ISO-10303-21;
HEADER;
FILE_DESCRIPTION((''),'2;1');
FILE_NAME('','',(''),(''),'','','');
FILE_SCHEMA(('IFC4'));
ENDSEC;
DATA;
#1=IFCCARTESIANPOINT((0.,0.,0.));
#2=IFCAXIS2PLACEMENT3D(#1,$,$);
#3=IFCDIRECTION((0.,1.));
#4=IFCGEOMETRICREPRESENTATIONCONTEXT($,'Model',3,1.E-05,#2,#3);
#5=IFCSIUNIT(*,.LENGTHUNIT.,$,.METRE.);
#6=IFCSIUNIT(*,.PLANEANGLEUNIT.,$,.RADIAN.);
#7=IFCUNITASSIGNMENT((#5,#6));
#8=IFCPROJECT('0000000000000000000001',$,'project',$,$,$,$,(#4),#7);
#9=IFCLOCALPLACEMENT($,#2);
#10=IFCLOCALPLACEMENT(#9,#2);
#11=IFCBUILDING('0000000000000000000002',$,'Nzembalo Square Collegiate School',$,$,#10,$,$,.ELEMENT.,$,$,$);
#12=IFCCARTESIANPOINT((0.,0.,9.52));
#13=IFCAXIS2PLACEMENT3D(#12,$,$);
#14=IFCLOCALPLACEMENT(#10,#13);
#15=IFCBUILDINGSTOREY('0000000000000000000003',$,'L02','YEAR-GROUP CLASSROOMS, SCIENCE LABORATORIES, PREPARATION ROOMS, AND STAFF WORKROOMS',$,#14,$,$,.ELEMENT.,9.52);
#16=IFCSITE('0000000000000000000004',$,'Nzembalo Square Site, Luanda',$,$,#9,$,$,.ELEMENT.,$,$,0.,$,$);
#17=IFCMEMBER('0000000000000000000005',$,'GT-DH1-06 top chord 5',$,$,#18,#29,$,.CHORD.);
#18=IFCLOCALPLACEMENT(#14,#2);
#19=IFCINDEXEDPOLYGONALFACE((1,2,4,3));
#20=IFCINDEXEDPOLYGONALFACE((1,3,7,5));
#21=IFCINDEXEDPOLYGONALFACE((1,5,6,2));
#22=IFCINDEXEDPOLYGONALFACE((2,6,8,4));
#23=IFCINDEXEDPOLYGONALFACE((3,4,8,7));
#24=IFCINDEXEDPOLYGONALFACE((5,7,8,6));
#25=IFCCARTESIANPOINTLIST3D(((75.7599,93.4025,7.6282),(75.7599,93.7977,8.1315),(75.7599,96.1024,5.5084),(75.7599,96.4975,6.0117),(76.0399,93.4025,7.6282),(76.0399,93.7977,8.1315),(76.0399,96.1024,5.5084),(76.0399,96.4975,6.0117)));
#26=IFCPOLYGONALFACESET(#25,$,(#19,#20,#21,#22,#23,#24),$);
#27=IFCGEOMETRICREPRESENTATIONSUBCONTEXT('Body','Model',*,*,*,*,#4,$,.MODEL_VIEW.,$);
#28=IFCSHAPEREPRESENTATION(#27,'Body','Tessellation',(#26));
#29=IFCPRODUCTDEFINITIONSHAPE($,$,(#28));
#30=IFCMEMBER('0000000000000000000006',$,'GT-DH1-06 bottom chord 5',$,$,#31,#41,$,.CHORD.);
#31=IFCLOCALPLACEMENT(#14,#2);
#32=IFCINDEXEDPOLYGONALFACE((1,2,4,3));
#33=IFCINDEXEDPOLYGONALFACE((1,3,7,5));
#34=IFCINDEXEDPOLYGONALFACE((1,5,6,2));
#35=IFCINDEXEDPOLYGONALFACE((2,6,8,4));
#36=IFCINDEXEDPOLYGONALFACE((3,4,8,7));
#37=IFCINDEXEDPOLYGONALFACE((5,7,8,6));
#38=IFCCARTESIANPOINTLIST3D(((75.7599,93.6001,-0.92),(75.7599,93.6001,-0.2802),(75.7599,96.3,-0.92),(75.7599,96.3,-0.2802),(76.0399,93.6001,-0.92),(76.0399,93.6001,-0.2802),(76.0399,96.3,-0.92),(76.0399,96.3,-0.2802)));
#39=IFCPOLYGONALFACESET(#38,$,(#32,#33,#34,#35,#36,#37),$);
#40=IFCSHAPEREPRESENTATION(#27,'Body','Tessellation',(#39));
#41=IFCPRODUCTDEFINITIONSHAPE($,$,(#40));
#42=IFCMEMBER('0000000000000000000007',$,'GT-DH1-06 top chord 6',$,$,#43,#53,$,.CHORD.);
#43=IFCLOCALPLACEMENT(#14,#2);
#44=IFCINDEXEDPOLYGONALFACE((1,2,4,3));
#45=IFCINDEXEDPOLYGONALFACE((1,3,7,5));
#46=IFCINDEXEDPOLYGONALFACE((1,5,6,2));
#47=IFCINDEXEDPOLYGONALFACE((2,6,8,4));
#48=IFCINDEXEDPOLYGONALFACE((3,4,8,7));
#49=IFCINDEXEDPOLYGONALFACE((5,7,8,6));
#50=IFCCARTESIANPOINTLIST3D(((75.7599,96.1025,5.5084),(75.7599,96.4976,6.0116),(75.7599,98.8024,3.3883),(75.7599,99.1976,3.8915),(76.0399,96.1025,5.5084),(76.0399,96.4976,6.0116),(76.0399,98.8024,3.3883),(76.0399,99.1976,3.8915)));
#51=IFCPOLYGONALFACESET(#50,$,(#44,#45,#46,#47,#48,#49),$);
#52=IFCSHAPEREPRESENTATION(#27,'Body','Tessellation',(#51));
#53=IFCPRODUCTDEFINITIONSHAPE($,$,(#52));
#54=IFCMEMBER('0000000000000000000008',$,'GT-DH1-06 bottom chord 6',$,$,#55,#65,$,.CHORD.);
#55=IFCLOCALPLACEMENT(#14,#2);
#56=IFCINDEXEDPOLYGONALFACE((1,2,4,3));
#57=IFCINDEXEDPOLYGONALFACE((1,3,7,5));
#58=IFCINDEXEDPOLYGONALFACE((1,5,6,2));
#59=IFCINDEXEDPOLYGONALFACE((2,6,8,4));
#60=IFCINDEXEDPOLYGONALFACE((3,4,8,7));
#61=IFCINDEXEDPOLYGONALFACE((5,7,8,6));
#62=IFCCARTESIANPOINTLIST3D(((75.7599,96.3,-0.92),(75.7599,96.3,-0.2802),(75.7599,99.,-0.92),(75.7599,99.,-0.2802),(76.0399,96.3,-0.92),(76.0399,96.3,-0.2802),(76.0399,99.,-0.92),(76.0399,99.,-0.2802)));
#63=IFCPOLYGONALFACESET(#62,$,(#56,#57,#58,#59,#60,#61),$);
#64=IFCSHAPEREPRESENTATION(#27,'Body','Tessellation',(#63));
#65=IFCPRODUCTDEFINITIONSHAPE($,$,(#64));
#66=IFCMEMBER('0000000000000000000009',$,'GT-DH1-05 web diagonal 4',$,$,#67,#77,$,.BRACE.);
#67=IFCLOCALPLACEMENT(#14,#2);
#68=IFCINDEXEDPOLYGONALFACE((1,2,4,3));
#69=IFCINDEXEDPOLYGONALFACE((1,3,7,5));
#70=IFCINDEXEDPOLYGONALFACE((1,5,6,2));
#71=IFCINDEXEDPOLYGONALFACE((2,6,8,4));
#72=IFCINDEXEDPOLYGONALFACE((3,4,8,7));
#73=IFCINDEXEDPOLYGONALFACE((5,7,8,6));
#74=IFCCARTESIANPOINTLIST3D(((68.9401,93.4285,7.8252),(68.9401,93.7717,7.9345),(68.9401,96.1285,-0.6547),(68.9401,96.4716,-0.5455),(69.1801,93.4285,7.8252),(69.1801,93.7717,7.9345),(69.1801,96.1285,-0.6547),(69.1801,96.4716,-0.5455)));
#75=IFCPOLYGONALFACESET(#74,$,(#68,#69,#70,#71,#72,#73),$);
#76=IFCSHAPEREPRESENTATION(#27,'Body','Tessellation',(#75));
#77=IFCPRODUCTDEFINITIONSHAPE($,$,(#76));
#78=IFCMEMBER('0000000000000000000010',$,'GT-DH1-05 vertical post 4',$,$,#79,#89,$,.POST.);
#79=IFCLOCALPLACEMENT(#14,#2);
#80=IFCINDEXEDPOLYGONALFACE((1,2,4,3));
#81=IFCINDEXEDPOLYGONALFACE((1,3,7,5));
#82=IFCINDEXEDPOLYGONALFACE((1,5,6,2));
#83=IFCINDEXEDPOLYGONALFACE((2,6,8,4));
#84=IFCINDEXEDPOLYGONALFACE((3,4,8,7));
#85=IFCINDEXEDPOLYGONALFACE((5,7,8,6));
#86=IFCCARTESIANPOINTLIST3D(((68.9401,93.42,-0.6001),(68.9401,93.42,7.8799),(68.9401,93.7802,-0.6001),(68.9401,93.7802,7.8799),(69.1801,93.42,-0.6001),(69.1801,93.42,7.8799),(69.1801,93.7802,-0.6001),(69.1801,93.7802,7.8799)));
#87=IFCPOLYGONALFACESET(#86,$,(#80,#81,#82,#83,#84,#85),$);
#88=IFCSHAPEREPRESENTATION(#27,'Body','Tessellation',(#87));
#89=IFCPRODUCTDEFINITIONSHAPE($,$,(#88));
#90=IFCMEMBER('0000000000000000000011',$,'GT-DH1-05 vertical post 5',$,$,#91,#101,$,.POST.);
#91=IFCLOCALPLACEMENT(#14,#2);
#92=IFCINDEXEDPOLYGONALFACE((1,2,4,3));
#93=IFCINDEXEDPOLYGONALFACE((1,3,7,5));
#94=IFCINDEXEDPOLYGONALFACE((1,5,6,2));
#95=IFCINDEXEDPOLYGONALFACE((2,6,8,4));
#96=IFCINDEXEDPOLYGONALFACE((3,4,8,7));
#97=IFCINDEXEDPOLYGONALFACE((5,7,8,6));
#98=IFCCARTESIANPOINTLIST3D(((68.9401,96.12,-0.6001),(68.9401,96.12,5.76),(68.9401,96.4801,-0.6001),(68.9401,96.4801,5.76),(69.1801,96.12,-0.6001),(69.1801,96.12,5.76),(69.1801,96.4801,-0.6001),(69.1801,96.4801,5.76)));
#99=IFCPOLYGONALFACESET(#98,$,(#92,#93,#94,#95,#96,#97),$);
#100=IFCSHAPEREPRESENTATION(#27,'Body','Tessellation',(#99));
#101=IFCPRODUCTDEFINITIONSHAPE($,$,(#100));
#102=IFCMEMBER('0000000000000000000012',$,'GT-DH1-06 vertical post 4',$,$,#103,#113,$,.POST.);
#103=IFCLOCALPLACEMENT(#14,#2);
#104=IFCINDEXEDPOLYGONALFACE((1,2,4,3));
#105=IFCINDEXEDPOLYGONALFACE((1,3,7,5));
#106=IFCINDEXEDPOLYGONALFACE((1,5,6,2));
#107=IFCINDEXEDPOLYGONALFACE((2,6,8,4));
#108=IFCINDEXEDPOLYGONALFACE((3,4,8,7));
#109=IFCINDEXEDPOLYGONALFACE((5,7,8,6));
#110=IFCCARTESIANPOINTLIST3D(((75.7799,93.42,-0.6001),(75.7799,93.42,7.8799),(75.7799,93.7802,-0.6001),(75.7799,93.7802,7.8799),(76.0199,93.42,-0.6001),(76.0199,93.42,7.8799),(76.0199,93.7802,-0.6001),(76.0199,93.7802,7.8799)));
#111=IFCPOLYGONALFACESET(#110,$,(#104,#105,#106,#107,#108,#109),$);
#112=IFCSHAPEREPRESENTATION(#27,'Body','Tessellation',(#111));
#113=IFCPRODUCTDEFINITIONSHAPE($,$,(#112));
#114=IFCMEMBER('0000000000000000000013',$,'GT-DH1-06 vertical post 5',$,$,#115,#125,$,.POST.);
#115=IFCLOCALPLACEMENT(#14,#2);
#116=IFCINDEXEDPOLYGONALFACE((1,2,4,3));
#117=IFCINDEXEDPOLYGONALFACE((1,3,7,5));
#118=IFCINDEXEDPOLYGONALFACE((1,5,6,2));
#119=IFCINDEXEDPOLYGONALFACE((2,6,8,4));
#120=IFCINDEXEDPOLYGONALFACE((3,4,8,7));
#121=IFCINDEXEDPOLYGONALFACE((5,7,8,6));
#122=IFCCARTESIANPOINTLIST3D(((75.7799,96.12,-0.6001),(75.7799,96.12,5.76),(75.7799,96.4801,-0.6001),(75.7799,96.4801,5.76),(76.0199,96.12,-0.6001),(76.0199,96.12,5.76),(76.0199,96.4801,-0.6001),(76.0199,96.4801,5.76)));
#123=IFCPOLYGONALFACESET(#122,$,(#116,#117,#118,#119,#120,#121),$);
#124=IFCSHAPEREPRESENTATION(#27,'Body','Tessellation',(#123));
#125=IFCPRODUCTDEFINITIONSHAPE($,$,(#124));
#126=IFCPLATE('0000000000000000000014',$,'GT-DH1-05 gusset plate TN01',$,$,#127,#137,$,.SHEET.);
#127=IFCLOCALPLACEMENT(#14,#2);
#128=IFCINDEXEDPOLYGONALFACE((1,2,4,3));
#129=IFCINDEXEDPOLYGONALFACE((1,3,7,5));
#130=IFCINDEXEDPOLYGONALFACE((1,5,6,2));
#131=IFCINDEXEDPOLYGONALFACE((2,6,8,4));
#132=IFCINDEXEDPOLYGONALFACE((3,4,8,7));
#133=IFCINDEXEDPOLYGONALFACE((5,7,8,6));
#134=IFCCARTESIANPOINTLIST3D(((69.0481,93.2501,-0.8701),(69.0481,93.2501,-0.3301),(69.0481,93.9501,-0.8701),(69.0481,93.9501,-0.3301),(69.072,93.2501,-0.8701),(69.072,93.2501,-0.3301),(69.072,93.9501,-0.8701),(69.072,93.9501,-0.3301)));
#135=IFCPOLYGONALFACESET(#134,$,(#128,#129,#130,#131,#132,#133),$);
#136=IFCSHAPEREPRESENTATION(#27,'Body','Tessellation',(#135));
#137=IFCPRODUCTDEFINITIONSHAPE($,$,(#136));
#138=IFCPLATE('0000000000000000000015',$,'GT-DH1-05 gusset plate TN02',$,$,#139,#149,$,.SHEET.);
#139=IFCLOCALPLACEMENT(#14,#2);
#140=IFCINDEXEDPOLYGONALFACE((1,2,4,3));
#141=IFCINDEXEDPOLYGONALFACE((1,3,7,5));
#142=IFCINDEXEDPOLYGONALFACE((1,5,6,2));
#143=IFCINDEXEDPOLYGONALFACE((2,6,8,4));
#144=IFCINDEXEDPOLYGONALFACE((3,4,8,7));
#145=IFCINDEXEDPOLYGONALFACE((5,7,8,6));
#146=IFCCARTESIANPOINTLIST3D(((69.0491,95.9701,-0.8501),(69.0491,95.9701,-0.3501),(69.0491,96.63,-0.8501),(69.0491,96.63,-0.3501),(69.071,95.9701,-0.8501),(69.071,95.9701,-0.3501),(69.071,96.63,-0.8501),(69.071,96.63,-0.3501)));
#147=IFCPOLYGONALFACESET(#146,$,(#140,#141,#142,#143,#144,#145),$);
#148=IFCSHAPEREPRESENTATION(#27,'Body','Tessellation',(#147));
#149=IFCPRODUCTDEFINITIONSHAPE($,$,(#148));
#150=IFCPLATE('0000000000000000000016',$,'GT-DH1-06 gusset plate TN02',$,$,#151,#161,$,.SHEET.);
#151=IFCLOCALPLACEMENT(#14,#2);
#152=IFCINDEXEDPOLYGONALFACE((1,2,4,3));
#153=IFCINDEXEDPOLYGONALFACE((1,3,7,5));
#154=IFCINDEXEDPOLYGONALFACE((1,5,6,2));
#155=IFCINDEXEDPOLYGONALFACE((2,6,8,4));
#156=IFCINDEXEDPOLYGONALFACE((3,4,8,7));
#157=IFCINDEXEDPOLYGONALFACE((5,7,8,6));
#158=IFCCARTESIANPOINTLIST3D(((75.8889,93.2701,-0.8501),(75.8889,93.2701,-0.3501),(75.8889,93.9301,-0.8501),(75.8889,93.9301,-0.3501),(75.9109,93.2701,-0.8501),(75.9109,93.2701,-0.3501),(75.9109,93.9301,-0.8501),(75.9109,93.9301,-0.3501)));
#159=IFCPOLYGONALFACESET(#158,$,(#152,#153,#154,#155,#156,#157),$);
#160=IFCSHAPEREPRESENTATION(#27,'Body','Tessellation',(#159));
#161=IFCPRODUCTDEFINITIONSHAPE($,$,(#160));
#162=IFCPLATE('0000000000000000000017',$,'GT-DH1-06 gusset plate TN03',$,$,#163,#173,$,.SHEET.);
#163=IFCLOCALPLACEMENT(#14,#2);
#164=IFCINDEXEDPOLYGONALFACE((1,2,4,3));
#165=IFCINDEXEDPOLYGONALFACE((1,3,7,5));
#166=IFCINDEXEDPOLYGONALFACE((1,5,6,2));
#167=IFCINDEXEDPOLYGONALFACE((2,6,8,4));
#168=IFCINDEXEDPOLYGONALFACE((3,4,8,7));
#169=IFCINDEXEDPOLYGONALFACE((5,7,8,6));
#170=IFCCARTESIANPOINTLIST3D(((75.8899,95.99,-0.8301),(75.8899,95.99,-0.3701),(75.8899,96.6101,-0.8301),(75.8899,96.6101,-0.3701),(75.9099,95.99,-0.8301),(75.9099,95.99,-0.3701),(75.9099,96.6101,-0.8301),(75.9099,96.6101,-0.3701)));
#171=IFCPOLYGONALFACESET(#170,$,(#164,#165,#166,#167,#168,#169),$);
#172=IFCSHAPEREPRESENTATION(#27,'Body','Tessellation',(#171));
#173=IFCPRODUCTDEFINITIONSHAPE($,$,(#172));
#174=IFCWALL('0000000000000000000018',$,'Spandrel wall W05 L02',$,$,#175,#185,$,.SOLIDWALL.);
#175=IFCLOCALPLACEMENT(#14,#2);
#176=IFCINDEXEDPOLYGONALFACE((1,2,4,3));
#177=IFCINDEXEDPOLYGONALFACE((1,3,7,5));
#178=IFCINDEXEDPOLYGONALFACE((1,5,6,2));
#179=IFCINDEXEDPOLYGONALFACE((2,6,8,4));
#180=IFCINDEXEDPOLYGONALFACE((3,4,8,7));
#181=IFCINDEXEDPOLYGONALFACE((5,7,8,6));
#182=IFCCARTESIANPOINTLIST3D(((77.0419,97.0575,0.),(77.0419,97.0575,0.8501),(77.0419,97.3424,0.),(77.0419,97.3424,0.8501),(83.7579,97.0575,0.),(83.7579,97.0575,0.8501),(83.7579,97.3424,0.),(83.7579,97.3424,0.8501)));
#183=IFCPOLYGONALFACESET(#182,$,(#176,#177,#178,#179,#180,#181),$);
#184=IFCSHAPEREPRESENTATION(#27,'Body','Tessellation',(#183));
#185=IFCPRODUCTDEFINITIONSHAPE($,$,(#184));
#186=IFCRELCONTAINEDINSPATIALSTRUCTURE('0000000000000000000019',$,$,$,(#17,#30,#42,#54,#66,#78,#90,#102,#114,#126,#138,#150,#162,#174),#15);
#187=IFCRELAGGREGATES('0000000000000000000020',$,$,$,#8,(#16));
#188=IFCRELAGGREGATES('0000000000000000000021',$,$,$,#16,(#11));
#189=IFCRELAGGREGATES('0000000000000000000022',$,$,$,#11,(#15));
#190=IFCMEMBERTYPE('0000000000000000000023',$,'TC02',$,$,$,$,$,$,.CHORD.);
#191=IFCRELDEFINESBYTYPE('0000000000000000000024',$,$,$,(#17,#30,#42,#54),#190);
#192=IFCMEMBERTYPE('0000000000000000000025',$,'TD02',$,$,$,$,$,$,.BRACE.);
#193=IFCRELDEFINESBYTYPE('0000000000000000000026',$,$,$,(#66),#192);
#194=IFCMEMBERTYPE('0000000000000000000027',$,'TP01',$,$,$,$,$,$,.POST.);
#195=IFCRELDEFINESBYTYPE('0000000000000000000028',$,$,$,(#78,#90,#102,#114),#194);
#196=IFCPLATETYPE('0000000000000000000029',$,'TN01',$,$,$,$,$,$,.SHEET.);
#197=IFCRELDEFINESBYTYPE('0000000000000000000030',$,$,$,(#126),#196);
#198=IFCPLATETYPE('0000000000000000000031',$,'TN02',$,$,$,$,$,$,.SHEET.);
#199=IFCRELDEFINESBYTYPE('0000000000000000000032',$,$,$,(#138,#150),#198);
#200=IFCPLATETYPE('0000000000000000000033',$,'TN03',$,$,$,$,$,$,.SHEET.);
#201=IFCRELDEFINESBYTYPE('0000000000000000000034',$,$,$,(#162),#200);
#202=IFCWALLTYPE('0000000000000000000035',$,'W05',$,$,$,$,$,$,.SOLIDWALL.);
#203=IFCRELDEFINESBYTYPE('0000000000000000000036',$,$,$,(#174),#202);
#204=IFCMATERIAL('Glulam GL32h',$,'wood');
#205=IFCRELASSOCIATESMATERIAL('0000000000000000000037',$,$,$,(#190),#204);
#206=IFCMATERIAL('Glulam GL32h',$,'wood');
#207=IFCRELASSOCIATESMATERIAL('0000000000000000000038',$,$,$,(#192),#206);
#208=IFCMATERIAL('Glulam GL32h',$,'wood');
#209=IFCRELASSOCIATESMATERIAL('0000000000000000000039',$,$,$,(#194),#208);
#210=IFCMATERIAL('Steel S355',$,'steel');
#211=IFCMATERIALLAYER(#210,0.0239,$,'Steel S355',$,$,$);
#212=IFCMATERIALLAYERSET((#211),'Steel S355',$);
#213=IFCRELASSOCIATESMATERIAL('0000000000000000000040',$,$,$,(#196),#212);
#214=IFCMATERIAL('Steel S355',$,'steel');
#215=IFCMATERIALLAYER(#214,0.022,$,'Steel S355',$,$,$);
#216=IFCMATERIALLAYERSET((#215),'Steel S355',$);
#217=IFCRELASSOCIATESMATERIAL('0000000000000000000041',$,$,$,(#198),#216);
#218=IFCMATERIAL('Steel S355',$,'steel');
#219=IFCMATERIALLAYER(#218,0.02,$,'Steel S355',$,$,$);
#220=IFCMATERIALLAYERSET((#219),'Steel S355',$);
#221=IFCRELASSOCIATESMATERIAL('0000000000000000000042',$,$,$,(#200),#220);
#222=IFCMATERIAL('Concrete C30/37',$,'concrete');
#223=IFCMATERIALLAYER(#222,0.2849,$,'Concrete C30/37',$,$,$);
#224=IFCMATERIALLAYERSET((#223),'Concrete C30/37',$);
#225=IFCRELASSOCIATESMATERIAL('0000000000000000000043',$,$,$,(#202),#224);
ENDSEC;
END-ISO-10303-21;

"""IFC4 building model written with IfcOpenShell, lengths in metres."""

from ifc_helpers import new_model, si_unit, direction, frame, frame_2d, origin, origin_2d, place, context, subcontext, project, spatial, rectangle, extrude, material, layer, layer_set, material_profile, profile_set, type_object, element, save


model = new_model("IFC4")

# Units and contexts
model_context = context("Model", 3, precision=1e-05, world=origin(), true_north=direction((0.0, 1.0)))
body_context = subcontext(model_context, "Body", "Model", "MODEL_VIEW")
ifc_project = project(units=[si_unit("LENGTHUNIT", "METRE"), si_unit("PLANEANGLEUNIT", "RADIAN")], contexts=[model_context])

# Site, building, storey
site_placement = place(None, origin())
site = spatial("IfcSite", under=ifc_project, at=site_placement, Name="Nzembalo Square Site, Luanda", CompositionType="ELEMENT", RefElevation=0.0)
building_placement = place(site_placement, origin())
building = spatial("IfcBuilding", under=site, at=building_placement, Name="Nzembalo Square Collegiate School", CompositionType="ELEMENT")
storey_placement = place(building_placement, frame((0.0, 0.0, 9.52)))
storey = spatial("IfcBuildingStorey", under=building, at=storey_placement, Name="L02", Description="YEAR-GROUP CLASSROOMS, SCIENCE LABORATORIES, PREPARATION ROOMS, AND STAFF WORKROOMS", CompositionType="ELEMENT", Elevation=9.52)

# Members
ifc_material_1 = material(Name="Glulam GL32h", Category="wood")
ifc_material_profile_1 = material_profile(ifc_material_1, rectangle(XDim=0.28, YDim=0.6399, at=origin_2d()), Name="GL32h 280x640")
ifc_profile_set_1 = profile_set([ifc_material_profile_1], Name="Glulam GL32h")
member_type_1 = type_object("IfcMemberType", Name="TC02", PredefinedType="CHORD", material=ifc_profile_set_1)
member_1_placement = place(storey_placement, frame((75.8999, 93.6001, 7.8799), z_axis=(0.0, 0.786533, -0.617548), x_axis=(-1.0, 0.0, 0.0)))
element("IfcMember", 1, at=member_1_placement, inside=storey, type_object=member_type_1, Name="GT-DH1-06 top chord 5", PredefinedType="CHORD", context=body_context, shape_type="SweptSolid", body=[
    extrude(rectangle(XDim=0.28, YDim=0.6399, at=origin_2d()), origin(), (0.0, 0.0, 1.0), 3.4326),
])
member_2_placement = place(storey_placement, frame((75.8999, 93.6001, -0.6001), z_axis=(0.0, 1.0, 0.0), x_axis=(-1.0, 0.0, 0.0)))
element("IfcMember", 2, at=member_2_placement, inside=storey, type_object=member_type_1, Name="GT-DH1-06 bottom chord 5", PredefinedType="CHORD", context=body_context, shape_type="SweptSolid", body=[
    extrude(rectangle(XDim=0.28, YDim=0.6399, at=origin_2d()), origin(), (0.0, 0.0, 1.0), 2.7),
])
member_3_placement = place(storey_placement, frame((75.8999, 96.3, 5.76), z_axis=(0.0, 0.786498, -0.617592), x_axis=(-1.0, 0.0, 0.0)))
element("IfcMember", 3, at=member_3_placement, inside=storey, type_object=member_type_1, Name="GT-DH1-06 top chord 6", PredefinedType="CHORD", context=body_context, shape_type="SweptSolid", body=[
    extrude(rectangle(XDim=0.28, YDim=0.6399, at=origin_2d()), origin(), (0.0, 0.0, 1.0), 3.4329),
])
member_4_placement = place(storey_placement, frame((75.8999, 96.3, -0.6001), z_axis=(0.0, 1.0, 0.0), x_axis=(-1.0, 0.0, 0.0)))
element("IfcMember", 4, at=member_4_placement, inside=storey, type_object=member_type_1, Name="GT-DH1-06 bottom chord 6", PredefinedType="CHORD", context=body_context, shape_type="SweptSolid", body=[
    extrude(rectangle(XDim=0.28, YDim=0.6399, at=origin_2d()), origin(), (0.0, 0.0, 1.0), 2.7),
])
ifc_material_2 = material(Name="Glulam GL32h", Category="wood")
ifc_material_profile_2 = material_profile(ifc_material_2, rectangle(XDim=0.24, YDim=0.3601, at=origin_2d()), Name="GL32h 240x360")
ifc_profile_set_2 = profile_set([ifc_material_profile_2], Name="Glulam GL32h")
member_type_2 = type_object("IfcMemberType", Name="TD02", PredefinedType="BRACE", material=ifc_profile_set_2)
member_5_placement = place(storey_placement, frame((69.0601, 96.3, -0.6001), z_axis=(0.0, -0.303385, 0.952868), x_axis=(1.0, 0.0, 0.0)))
element("IfcMember", 5, at=member_5_placement, inside=storey, type_object=member_type_2, Name="GT-DH1-05 web diagonal 4", PredefinedType="BRACE", context=body_context, shape_type="SweptSolid", body=[
    extrude(rectangle(XDim=0.24, YDim=0.3601, at=origin_2d()), origin(), (0.0, 0.0, 1.0), 8.8994),
])
ifc_material_3 = material(Name="Glulam GL32h", Category="wood")
ifc_material_profile_3 = material_profile(ifc_material_3, rectangle(XDim=0.24, YDim=0.3601, at=origin_2d()), Name="GL32h 240x360")
ifc_profile_set_3 = profile_set([ifc_material_profile_3], Name="Glulam GL32h")
member_type_3 = type_object("IfcMemberType", Name="TP01", PredefinedType="POST", material=ifc_profile_set_3)
member_6_placement = place(storey_placement, frame((69.0601, 93.6001, -0.6001), z_axis=(0.0, 0.0, 1.0), x_axis=(1.0, 0.0, 0.0)))
element("IfcMember", 6, at=member_6_placement, inside=storey, type_object=member_type_3, Name="GT-DH1-05 vertical post 4", PredefinedType="POST", context=body_context, shape_type="SweptSolid", body=[
    extrude(rectangle(XDim=0.24, YDim=0.3601, at=origin_2d()), origin(), (0.0, 0.0, 1.0), 8.48),
])
member_7_placement = place(storey_placement, frame((69.0601, 96.3, -0.6001), z_axis=(0.0, 0.0, 1.0), x_axis=(1.0, 0.0, 0.0)))
element("IfcMember", 7, at=member_7_placement, inside=storey, type_object=member_type_3, Name="GT-DH1-05 vertical post 5", PredefinedType="POST", context=body_context, shape_type="SweptSolid", body=[
    extrude(rectangle(XDim=0.24, YDim=0.3601, at=origin_2d()), origin(), (0.0, 0.0, 1.0), 6.3601),
])
member_8_placement = place(storey_placement, frame((75.8999, 93.6001, -0.6001), z_axis=(0.0, 0.0, 1.0), x_axis=(1.0, 0.0, 0.0)))
element("IfcMember", 8, at=member_8_placement, inside=storey, type_object=member_type_3, Name="GT-DH1-06 vertical post 4", PredefinedType="POST", context=body_context, shape_type="SweptSolid", body=[
    extrude(rectangle(XDim=0.24, YDim=0.3601, at=origin_2d()), origin(), (0.0, 0.0, 1.0), 8.48),
])
member_9_placement = place(storey_placement, frame((75.8999, 96.3, -0.6001), z_axis=(0.0, 0.0, 1.0), x_axis=(1.0, 0.0, 0.0)))
element("IfcMember", 9, at=member_9_placement, inside=storey, type_object=member_type_3, Name="GT-DH1-06 vertical post 5", PredefinedType="POST", context=body_context, shape_type="SweptSolid", body=[
    extrude(rectangle(XDim=0.24, YDim=0.3601, at=origin_2d()), origin(), (0.0, 0.0, 1.0), 6.3601),
])

# Plates
ifc_material_4 = material(Name="Steel S355", Category="steel")
ifc_layer_1 = layer(ifc_material_4, 0.0239, Name="Steel S355")
ifc_layer_set_1 = layer_set([ifc_layer_1], Name="Steel S355")
plate_type_1 = type_object("IfcPlateType", Name="TN01", PredefinedType="SHEET", material=ifc_layer_set_1)
plate_1_placement = place(storey_placement, frame((69.0601, 93.6001, -0.8701), z_axis=(0.0, 0.0, 1.0), x_axis=(0.0, 1.0, 0.0)))
element("IfcPlate", 10, at=plate_1_placement, inside=storey, type_object=plate_type_1, Name="GT-DH1-05 gusset plate TN01", PredefinedType="SHEET", context=body_context, shape_type="SweptSolid", body=[
    extrude(rectangle(XDim=0.7, YDim=0.0239, at=origin_2d()), origin(), (0.0, 0.0, 1.0), 0.54),
])
ifc_material_5 = material(Name="Steel S355", Category="steel")
ifc_layer_2 = layer(ifc_material_5, 0.022, Name="Steel S355")
ifc_layer_set_2 = layer_set([ifc_layer_2], Name="Steel S355")
plate_type_2 = type_object("IfcPlateType", Name="TN02", PredefinedType="SHEET", material=ifc_layer_set_2)
for number, where, z_axis, x_axis, name in (
    (11, (69.0601, 96.3, -0.8501), (0.0, 0.0, 1.0), (0.0, 1.0, 0.0), "GT-DH1-05 gusset plate TN02"),
    (12, (75.8999, 93.6001, -0.8501), (0.0, 0.0, 1.0), (0.0, 1.0, 0.0), "GT-DH1-06 gusset plate TN02"),
):
    element("IfcPlate", number, at=place(storey_placement, frame(where, z_axis=z_axis, x_axis=x_axis)), inside=storey, type_object=plate_type_2, Name=name, PredefinedType="SHEET", context=body_context, shape_type="SweptSolid", body=[
        extrude(rectangle(XDim=0.6599, YDim=0.022, at=origin_2d()), origin(), (0.0, 0.0, 1.0), 0.5),
    ])
ifc_material_6 = material(Name="Steel S355", Category="steel")
ifc_layer_3 = layer(ifc_material_6, 0.02, Name="Steel S355")
ifc_layer_set_3 = layer_set([ifc_layer_3], Name="Steel S355")
plate_type_3 = type_object("IfcPlateType", Name="TN03", PredefinedType="SHEET", material=ifc_layer_set_3)
plate_2_placement = place(storey_placement, frame((75.8999, 96.3, -0.8301), z_axis=(0.0, 0.0, 1.0), x_axis=(0.0, 1.0, 0.0)))
element("IfcPlate", 13, at=plate_2_placement, inside=storey, type_object=plate_type_3, Name="GT-DH1-06 gusset plate TN03", PredefinedType="SHEET", context=body_context, shape_type="SweptSolid", body=[
    extrude(rectangle(XDim=0.6201, YDim=0.02, at=origin_2d()), origin(), (0.0, 0.0, 1.0), 0.46),
])

# Wall
ifc_material_7 = material(Name="Concrete C30/37", Category="concrete")
ifc_layer_4 = layer(ifc_material_7, 0.2849, Name="Concrete C30/37")
ifc_layer_set_4 = layer_set([ifc_layer_4], Name="Concrete C30/37")
wall_type = type_object("IfcWallType", Name="W05", PredefinedType="SOLIDWALL", material=ifc_layer_set_4)
wall_placement = place(storey_placement, frame((77.042, 97.2, 0.0), z_axis=(0.0, 0.0, 1.0), x_axis=(1.0, 0.0, 0.0)))
element("IfcWall", 14, at=wall_placement, inside=storey, type_object=wall_type, Name="Spandrel wall W05 L02", PredefinedType="SOLIDWALL", context=body_context, shape_type="SweptSolid", body=[
    extrude(rectangle(XDim=6.7161, YDim=0.2849, at=frame_2d((3.3579, 0.0))), origin(), (0.0, 0.0, 1.0), 0.8501),
])

save(model, "model.ifc")
